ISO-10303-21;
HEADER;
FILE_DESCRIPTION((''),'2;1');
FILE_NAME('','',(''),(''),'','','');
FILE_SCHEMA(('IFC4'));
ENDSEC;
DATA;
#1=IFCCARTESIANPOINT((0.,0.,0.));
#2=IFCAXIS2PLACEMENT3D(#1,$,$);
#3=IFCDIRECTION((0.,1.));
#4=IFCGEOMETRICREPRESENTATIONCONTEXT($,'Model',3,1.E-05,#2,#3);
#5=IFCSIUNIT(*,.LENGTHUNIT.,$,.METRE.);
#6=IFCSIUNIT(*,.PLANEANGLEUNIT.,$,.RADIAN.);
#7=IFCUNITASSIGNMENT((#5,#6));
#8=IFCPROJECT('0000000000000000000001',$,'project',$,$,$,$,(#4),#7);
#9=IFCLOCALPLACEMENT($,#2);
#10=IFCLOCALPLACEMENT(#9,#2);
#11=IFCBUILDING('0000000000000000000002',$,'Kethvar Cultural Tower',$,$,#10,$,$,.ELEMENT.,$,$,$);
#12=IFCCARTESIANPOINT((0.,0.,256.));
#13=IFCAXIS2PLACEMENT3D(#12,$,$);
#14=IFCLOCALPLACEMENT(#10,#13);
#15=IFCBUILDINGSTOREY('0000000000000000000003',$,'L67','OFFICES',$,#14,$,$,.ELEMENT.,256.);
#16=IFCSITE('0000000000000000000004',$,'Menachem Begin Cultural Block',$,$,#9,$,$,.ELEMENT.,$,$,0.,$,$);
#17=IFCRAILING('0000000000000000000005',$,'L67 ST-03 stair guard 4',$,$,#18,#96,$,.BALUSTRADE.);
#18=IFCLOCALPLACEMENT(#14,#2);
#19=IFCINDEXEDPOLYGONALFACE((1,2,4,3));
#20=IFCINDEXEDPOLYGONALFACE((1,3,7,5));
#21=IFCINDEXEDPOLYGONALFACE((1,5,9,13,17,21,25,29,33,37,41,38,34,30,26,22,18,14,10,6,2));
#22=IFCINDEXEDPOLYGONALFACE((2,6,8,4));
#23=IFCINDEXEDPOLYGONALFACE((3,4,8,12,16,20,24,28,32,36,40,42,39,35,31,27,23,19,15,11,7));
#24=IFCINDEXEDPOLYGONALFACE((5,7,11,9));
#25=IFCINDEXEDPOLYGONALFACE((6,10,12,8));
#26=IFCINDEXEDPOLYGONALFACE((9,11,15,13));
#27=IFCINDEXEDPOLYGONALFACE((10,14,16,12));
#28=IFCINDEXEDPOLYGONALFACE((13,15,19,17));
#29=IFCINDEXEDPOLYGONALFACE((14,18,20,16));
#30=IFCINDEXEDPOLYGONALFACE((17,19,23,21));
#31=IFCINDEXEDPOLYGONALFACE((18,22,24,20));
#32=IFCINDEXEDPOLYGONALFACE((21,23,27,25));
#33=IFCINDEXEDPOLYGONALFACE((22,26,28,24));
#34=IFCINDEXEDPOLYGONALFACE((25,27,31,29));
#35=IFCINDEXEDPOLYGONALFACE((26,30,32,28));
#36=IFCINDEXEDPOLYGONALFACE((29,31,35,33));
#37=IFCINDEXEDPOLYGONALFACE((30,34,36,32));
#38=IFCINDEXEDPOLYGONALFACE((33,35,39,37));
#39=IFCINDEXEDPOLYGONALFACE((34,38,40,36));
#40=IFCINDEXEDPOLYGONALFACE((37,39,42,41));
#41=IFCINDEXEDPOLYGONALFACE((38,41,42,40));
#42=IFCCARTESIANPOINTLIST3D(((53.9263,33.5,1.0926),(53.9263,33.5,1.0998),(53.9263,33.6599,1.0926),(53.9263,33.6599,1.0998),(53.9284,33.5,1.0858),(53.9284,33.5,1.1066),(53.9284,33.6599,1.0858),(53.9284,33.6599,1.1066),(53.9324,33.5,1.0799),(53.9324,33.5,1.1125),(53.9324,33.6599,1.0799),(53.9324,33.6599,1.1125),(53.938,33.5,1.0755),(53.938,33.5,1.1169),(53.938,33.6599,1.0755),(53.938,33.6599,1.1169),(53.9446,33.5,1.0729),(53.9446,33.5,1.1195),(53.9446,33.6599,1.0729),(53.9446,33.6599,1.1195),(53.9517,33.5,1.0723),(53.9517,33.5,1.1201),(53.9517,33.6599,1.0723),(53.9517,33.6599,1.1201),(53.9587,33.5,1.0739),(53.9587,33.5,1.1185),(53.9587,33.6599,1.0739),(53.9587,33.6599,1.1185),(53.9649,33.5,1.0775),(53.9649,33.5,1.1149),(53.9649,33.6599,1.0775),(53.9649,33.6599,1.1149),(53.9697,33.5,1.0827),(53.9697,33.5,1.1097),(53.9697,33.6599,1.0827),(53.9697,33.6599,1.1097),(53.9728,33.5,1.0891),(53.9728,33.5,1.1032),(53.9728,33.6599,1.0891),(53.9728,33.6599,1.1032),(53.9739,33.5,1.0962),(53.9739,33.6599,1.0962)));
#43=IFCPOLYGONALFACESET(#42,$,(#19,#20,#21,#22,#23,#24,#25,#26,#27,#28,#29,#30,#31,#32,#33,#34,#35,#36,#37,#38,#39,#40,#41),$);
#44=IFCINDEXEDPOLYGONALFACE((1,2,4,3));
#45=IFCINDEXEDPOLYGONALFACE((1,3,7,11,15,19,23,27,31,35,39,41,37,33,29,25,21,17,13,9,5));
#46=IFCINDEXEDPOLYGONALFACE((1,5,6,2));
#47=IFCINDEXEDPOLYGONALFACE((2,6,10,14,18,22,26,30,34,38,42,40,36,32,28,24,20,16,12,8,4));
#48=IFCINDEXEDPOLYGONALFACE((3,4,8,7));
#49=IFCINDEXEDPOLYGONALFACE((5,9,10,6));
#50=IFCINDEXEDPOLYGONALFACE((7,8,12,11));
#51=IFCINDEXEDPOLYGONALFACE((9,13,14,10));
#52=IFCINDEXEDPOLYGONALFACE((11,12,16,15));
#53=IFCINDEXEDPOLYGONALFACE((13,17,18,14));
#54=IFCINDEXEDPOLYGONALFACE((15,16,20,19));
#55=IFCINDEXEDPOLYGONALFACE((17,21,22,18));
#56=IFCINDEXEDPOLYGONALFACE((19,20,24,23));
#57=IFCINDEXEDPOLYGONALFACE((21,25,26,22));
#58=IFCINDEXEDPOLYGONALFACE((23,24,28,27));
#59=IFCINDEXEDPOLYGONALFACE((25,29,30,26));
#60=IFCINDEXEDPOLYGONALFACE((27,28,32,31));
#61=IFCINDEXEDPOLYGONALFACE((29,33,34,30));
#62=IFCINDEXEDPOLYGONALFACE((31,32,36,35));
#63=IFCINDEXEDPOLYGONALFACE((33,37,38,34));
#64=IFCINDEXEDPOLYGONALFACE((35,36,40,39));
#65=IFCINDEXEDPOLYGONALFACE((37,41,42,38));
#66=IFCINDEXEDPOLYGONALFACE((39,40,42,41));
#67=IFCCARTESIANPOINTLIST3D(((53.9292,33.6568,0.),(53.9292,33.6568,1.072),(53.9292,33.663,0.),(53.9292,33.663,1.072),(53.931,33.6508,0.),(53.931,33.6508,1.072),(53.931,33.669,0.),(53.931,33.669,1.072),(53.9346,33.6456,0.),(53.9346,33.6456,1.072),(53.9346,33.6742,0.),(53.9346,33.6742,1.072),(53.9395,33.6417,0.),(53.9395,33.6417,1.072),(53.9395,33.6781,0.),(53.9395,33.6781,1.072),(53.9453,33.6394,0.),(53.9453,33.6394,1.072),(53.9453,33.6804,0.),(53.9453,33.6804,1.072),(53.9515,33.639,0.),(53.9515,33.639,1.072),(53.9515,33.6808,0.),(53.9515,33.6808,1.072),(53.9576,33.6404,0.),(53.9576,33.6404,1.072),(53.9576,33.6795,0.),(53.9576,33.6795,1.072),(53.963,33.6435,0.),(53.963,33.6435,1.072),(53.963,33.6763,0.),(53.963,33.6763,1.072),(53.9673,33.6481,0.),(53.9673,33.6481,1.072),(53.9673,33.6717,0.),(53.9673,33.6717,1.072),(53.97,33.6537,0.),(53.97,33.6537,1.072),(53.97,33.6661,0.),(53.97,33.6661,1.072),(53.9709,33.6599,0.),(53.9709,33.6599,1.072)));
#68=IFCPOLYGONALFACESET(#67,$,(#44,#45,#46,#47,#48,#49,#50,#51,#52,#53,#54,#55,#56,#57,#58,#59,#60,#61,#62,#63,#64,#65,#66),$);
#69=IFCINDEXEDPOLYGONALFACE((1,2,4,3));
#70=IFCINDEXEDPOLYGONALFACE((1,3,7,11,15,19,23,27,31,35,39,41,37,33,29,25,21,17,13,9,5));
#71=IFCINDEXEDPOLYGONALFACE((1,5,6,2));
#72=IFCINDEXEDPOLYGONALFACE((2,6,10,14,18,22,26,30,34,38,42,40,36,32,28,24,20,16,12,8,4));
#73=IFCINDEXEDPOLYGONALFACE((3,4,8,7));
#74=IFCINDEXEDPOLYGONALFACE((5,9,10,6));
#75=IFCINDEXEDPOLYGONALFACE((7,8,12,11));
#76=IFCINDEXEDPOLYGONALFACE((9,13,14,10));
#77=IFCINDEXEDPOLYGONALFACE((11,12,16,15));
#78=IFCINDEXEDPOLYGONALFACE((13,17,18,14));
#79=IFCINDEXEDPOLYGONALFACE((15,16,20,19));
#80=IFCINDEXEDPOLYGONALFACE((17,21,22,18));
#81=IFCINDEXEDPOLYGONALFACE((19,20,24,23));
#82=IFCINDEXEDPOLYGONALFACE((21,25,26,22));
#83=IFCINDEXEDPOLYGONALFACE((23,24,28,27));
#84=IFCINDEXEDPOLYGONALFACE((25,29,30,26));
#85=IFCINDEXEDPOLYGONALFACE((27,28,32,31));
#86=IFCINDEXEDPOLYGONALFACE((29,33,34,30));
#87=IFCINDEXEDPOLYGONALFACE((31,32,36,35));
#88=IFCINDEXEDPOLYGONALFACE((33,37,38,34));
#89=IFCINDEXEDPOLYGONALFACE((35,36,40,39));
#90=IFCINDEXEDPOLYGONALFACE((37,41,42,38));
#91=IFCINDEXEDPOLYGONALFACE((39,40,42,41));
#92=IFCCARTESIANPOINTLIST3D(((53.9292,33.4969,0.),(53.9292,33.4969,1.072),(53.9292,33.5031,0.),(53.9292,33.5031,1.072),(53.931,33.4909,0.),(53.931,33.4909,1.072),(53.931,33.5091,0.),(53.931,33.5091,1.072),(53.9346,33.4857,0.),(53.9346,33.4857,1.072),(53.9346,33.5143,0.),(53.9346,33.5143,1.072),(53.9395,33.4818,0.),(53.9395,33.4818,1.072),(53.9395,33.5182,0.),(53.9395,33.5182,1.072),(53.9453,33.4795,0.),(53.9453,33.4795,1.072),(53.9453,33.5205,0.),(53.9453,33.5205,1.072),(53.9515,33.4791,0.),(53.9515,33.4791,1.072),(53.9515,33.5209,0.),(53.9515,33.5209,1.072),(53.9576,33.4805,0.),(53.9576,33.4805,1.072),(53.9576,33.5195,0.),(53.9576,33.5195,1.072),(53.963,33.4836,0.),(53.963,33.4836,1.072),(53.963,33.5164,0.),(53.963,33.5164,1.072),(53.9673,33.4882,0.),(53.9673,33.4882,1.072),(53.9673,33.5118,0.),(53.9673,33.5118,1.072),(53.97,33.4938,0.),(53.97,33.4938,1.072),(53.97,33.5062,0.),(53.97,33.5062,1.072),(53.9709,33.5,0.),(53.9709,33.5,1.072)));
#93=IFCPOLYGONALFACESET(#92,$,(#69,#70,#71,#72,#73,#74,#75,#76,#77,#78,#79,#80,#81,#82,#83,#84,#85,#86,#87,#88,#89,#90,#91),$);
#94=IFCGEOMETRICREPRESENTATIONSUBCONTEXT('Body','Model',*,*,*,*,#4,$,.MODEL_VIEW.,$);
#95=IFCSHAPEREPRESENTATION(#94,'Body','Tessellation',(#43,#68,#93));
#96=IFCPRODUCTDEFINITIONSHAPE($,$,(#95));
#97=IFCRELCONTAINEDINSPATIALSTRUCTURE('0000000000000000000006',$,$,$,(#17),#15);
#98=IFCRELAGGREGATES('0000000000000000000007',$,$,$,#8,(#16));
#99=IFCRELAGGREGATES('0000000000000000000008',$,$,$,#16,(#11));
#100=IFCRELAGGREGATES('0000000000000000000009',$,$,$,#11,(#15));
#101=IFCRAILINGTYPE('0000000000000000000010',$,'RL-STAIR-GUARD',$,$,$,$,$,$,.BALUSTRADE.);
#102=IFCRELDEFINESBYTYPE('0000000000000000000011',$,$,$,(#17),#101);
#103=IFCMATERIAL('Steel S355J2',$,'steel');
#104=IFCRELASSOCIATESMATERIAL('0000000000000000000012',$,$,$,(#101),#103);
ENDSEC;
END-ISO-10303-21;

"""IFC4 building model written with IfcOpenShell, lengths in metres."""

from ifc_helpers import new_model, si_unit, direction, frame, origin, origin_2d, place, context, subcontext, project, spatial, circle, extrude, material, type_object, element, save


model = new_model("IFC4")

# Units and contexts
model_context = context("Model", 3, precision=1e-05, world=origin(), true_north=direction((0.0, 1.0)))
body_context = subcontext(model_context, "Body", "Model", "MODEL_VIEW")
ifc_project = project(units=[si_unit("LENGTHUNIT", "METRE"), si_unit("PLANEANGLEUNIT", "RADIAN")], contexts=[model_context])

# Site, building, storey
site_placement = place(None, origin())
site = spatial("IfcSite", under=ifc_project, at=site_placement, Name="Menachem Begin Cultural Block", CompositionType="ELEMENT", RefElevation=0.0)
building_placement = place(site_placement, origin())
building = spatial("IfcBuilding", under=site, at=building_placement, Name="Kethvar Cultural Tower", CompositionType="ELEMENT")
storey_placement = place(building_placement, frame((0.0, 0.0, 256.0)))
storey = spatial("IfcBuildingStorey", under=building, at=storey_placement, Name="L67", Description="OFFICES", CompositionType="ELEMENT", Elevation=256.0)

# Shared definitions
ifc_material_1 = material(Name="Steel S355J2", Category="steel")

# Railing
railing_type_1 = type_object("IfcRailingType", Name="RL-STAIR-GUARD", PredefinedType="BALUSTRADE", material=ifc_material_1)
railing_1_placement = place(storey_placement, frame((53.95, 33.6599, 0.0)))
element("IfcRailing", 1, at=railing_1_placement, inside=storey, type_object=railing_type_1, Name="L67 ST-03 stair guard 4", PredefinedType="BALUSTRADE", context=body_context, shape_type="SweptSolid", body=[
    extrude(circle(Radius=0.0239, at=origin_2d()), frame((0.0, 0.0, 1.0962), z_axis=(0.0, -1.0, 0.0), x_axis=(1.0, 0.0, 0.0)), (0.0, 0.0, 1.0), 0.1599),
    extrude(circle(Radius=0.021, at=origin_2d()), origin(), (0.0, 0.0, 1.0), 1.072),
    extrude(circle(Radius=0.021, at=origin_2d()), frame((0.0, -0.1599, 0.0)), (0.0, 0.0, 1.0), 1.072),
])

save(model, "model.ifc")
